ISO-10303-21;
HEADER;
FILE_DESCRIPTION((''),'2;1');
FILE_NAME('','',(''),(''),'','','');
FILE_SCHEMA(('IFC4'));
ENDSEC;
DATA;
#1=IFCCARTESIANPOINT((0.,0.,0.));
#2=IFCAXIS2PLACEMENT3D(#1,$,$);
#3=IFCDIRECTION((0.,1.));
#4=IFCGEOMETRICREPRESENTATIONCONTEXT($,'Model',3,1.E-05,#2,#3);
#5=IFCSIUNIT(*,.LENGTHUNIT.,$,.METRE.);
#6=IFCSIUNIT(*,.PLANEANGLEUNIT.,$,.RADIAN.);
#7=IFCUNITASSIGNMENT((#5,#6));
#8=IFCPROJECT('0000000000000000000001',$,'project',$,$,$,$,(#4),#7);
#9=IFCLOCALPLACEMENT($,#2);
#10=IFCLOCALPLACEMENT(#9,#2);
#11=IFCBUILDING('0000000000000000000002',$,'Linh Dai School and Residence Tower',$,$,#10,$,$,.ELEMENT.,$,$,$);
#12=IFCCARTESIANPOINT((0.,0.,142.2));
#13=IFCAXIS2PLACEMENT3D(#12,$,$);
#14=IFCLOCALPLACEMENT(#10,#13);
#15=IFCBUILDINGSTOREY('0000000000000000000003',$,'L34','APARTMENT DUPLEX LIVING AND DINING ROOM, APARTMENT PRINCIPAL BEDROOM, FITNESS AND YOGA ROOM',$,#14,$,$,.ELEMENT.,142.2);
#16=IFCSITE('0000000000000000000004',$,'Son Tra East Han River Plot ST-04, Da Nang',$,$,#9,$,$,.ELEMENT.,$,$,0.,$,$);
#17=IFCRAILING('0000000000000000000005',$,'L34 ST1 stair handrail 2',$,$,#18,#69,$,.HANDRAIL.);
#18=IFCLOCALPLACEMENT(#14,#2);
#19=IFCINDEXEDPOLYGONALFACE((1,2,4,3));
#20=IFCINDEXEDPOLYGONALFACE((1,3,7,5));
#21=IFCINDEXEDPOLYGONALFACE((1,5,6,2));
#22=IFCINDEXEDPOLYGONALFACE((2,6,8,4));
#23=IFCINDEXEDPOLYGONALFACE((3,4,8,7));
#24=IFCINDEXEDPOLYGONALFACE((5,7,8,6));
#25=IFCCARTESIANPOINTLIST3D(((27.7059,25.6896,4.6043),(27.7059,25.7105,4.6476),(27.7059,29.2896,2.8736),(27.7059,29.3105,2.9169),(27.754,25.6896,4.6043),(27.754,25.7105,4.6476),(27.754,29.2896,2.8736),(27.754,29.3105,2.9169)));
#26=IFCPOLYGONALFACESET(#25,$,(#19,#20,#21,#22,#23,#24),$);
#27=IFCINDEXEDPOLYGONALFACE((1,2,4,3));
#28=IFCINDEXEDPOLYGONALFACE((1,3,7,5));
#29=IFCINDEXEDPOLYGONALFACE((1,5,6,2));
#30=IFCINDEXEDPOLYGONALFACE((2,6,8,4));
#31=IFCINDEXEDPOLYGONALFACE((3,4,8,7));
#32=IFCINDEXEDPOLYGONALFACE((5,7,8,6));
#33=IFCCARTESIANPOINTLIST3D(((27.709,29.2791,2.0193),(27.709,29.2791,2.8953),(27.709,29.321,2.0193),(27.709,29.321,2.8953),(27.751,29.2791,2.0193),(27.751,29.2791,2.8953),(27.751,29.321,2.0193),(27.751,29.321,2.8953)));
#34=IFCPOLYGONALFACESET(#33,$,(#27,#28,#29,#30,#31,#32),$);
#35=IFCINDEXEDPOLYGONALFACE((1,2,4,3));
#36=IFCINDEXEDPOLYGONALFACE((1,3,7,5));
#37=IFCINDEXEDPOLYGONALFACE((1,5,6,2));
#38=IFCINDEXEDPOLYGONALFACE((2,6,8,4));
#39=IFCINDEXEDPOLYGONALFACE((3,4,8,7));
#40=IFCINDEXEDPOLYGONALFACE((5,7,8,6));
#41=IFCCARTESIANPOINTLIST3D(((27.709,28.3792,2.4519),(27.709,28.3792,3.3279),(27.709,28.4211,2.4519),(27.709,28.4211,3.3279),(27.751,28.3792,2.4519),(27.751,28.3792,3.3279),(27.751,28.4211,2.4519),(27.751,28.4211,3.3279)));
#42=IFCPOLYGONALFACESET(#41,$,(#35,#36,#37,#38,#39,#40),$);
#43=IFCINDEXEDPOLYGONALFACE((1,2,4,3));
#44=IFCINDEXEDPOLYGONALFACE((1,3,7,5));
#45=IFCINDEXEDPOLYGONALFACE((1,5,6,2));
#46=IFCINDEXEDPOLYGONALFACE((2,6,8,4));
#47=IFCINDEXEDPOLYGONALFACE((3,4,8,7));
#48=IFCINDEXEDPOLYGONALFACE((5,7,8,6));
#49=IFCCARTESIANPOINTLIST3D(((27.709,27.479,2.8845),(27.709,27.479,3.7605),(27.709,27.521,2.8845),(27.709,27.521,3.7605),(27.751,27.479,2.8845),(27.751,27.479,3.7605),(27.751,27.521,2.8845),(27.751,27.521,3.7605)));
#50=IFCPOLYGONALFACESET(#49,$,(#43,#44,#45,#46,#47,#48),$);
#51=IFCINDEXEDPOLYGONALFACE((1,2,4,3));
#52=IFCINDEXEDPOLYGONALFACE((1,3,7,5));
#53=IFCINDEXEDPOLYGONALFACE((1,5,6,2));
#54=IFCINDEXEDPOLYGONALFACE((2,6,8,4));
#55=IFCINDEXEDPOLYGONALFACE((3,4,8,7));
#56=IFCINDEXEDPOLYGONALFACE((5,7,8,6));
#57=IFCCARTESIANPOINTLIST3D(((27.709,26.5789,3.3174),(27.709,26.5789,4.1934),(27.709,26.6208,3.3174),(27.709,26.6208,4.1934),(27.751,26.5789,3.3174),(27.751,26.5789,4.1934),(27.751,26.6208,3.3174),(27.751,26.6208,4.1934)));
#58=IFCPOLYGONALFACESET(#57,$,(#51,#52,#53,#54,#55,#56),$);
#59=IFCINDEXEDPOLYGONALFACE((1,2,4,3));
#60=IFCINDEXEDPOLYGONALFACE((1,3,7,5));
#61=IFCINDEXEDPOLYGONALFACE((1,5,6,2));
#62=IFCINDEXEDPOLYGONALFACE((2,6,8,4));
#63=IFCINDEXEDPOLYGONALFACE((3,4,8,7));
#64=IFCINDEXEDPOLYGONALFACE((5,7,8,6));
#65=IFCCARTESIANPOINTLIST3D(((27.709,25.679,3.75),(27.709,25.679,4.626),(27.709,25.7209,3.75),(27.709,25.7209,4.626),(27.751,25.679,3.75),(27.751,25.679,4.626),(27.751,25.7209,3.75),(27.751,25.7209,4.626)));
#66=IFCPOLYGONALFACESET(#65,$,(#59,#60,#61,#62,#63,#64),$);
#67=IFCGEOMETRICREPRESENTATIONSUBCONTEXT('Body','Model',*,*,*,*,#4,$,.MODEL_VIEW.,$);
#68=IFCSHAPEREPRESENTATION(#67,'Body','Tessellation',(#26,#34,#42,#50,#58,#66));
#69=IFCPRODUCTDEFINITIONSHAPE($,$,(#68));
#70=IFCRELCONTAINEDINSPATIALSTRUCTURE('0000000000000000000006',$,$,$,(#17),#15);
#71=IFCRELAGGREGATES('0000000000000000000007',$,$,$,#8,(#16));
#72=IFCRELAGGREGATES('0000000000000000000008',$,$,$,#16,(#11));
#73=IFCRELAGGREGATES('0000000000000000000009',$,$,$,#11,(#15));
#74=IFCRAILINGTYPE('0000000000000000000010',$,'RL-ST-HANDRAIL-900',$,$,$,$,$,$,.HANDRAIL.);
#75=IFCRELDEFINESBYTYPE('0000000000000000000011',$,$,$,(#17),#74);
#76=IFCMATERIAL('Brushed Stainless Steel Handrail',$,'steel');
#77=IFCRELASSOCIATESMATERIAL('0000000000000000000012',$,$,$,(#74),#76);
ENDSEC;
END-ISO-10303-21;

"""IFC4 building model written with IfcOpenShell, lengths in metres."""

from ifc_helpers import new_model, si_unit, direction, frame, origin, origin_2d, place, context, subcontext, project, spatial, rectangle, extrude, source, transform, mapped, material, type_object, element, save


model = new_model("IFC4")

# Units and contexts
model_context = context("Model", 3, precision=1e-05, world=origin(), true_north=direction((0.0, 1.0)))
body_context = subcontext(model_context, "Body", "Model", "MODEL_VIEW")
ifc_project = project(units=[si_unit("LENGTHUNIT", "METRE"), si_unit("PLANEANGLEUNIT", "RADIAN")], contexts=[model_context])

# Site, building, storey
site_placement = place(None, origin())
site = spatial("IfcSite", under=ifc_project, at=site_placement, Name="Son Tra East Han River Plot ST-04, Da Nang", CompositionType="ELEMENT", RefElevation=0.0)
building_placement = place(site_placement, origin())
building = spatial("IfcBuilding", under=site, at=building_placement, Name="Linh Dai School and Residence Tower", CompositionType="ELEMENT")
storey_placement = place(building_placement, frame((0.0, 0.0, 142.2)))
storey = spatial("IfcBuildingStorey", under=building, at=storey_placement, Name="L34", Description="APARTMENT DUPLEX LIVING AND DINING ROOM, APARTMENT PRINCIPAL BEDROOM, FITNESS AND YOGA ROOM", CompositionType="ELEMENT", Elevation=142.2)

# Railing
ifc_material_1 = material(Name="Brushed Stainless Steel Handrail", Category="steel")
railing_type_1 = type_object("IfcRailingType", Name="RL-ST-HANDRAIL-900", PredefinedType="HANDRAIL", material=ifc_material_1)
shared_shape_1 = source(origin(), body_context, "Body", "SweptSolid", [
    extrude(rectangle(XDim=0.0481, YDim=0.0481, at=origin_2d()), frame((0.0, 0.0, 0.876), z_axis=(0.0, -0.901263, 0.433273), x_axis=(1.0, 0.0, 0.0)), (0.0, 0.0, 1.0), 3.9944),
    extrude(rectangle(XDim=0.042, YDim=0.042, at=origin_2d()), origin(), (0.0, 0.0, 1.0), 0.876),
    extrude(rectangle(XDim=0.042, YDim=0.042, at=origin_2d()), frame((0.0, -0.8999, 0.4326)), (0.0, 0.0, 1.0), 0.876),
    extrude(rectangle(XDim=0.042, YDim=0.042, at=origin_2d()), frame((0.0, -1.8, 0.8652)), (0.0, 0.0, 1.0), 0.876),
    extrude(rectangle(XDim=0.042, YDim=0.042, at=origin_2d()), frame((0.0, -2.7002, 1.2981)), (0.0, 0.0, 1.0), 0.876),
    extrude(rectangle(XDim=0.042, YDim=0.042, at=origin_2d()), frame((0.0, -3.6001, 1.7307)), (0.0, 0.0, 1.0), 0.876),
])
railing_1_placement = place(storey_placement, frame((27.73, 29.3, 2.0193)))
element("IfcRailing", 1, at=railing_1_placement, inside=storey, type_object=railing_type_1, Name="L34 ST1 stair handrail 2", PredefinedType="HANDRAIL", context=body_context, shape_type="MappedRepresentation", body=[
    mapped(shared_shape_1, transform((0.0, 0.0, 0.0), x_axis=(1.0, 0.0, 0.0), y_axis=(0.0, 1.0, 0.0), z_axis=(0.0, 0.0, 1.0), scale=1.0)),
])

save(model, "model.ifc")
